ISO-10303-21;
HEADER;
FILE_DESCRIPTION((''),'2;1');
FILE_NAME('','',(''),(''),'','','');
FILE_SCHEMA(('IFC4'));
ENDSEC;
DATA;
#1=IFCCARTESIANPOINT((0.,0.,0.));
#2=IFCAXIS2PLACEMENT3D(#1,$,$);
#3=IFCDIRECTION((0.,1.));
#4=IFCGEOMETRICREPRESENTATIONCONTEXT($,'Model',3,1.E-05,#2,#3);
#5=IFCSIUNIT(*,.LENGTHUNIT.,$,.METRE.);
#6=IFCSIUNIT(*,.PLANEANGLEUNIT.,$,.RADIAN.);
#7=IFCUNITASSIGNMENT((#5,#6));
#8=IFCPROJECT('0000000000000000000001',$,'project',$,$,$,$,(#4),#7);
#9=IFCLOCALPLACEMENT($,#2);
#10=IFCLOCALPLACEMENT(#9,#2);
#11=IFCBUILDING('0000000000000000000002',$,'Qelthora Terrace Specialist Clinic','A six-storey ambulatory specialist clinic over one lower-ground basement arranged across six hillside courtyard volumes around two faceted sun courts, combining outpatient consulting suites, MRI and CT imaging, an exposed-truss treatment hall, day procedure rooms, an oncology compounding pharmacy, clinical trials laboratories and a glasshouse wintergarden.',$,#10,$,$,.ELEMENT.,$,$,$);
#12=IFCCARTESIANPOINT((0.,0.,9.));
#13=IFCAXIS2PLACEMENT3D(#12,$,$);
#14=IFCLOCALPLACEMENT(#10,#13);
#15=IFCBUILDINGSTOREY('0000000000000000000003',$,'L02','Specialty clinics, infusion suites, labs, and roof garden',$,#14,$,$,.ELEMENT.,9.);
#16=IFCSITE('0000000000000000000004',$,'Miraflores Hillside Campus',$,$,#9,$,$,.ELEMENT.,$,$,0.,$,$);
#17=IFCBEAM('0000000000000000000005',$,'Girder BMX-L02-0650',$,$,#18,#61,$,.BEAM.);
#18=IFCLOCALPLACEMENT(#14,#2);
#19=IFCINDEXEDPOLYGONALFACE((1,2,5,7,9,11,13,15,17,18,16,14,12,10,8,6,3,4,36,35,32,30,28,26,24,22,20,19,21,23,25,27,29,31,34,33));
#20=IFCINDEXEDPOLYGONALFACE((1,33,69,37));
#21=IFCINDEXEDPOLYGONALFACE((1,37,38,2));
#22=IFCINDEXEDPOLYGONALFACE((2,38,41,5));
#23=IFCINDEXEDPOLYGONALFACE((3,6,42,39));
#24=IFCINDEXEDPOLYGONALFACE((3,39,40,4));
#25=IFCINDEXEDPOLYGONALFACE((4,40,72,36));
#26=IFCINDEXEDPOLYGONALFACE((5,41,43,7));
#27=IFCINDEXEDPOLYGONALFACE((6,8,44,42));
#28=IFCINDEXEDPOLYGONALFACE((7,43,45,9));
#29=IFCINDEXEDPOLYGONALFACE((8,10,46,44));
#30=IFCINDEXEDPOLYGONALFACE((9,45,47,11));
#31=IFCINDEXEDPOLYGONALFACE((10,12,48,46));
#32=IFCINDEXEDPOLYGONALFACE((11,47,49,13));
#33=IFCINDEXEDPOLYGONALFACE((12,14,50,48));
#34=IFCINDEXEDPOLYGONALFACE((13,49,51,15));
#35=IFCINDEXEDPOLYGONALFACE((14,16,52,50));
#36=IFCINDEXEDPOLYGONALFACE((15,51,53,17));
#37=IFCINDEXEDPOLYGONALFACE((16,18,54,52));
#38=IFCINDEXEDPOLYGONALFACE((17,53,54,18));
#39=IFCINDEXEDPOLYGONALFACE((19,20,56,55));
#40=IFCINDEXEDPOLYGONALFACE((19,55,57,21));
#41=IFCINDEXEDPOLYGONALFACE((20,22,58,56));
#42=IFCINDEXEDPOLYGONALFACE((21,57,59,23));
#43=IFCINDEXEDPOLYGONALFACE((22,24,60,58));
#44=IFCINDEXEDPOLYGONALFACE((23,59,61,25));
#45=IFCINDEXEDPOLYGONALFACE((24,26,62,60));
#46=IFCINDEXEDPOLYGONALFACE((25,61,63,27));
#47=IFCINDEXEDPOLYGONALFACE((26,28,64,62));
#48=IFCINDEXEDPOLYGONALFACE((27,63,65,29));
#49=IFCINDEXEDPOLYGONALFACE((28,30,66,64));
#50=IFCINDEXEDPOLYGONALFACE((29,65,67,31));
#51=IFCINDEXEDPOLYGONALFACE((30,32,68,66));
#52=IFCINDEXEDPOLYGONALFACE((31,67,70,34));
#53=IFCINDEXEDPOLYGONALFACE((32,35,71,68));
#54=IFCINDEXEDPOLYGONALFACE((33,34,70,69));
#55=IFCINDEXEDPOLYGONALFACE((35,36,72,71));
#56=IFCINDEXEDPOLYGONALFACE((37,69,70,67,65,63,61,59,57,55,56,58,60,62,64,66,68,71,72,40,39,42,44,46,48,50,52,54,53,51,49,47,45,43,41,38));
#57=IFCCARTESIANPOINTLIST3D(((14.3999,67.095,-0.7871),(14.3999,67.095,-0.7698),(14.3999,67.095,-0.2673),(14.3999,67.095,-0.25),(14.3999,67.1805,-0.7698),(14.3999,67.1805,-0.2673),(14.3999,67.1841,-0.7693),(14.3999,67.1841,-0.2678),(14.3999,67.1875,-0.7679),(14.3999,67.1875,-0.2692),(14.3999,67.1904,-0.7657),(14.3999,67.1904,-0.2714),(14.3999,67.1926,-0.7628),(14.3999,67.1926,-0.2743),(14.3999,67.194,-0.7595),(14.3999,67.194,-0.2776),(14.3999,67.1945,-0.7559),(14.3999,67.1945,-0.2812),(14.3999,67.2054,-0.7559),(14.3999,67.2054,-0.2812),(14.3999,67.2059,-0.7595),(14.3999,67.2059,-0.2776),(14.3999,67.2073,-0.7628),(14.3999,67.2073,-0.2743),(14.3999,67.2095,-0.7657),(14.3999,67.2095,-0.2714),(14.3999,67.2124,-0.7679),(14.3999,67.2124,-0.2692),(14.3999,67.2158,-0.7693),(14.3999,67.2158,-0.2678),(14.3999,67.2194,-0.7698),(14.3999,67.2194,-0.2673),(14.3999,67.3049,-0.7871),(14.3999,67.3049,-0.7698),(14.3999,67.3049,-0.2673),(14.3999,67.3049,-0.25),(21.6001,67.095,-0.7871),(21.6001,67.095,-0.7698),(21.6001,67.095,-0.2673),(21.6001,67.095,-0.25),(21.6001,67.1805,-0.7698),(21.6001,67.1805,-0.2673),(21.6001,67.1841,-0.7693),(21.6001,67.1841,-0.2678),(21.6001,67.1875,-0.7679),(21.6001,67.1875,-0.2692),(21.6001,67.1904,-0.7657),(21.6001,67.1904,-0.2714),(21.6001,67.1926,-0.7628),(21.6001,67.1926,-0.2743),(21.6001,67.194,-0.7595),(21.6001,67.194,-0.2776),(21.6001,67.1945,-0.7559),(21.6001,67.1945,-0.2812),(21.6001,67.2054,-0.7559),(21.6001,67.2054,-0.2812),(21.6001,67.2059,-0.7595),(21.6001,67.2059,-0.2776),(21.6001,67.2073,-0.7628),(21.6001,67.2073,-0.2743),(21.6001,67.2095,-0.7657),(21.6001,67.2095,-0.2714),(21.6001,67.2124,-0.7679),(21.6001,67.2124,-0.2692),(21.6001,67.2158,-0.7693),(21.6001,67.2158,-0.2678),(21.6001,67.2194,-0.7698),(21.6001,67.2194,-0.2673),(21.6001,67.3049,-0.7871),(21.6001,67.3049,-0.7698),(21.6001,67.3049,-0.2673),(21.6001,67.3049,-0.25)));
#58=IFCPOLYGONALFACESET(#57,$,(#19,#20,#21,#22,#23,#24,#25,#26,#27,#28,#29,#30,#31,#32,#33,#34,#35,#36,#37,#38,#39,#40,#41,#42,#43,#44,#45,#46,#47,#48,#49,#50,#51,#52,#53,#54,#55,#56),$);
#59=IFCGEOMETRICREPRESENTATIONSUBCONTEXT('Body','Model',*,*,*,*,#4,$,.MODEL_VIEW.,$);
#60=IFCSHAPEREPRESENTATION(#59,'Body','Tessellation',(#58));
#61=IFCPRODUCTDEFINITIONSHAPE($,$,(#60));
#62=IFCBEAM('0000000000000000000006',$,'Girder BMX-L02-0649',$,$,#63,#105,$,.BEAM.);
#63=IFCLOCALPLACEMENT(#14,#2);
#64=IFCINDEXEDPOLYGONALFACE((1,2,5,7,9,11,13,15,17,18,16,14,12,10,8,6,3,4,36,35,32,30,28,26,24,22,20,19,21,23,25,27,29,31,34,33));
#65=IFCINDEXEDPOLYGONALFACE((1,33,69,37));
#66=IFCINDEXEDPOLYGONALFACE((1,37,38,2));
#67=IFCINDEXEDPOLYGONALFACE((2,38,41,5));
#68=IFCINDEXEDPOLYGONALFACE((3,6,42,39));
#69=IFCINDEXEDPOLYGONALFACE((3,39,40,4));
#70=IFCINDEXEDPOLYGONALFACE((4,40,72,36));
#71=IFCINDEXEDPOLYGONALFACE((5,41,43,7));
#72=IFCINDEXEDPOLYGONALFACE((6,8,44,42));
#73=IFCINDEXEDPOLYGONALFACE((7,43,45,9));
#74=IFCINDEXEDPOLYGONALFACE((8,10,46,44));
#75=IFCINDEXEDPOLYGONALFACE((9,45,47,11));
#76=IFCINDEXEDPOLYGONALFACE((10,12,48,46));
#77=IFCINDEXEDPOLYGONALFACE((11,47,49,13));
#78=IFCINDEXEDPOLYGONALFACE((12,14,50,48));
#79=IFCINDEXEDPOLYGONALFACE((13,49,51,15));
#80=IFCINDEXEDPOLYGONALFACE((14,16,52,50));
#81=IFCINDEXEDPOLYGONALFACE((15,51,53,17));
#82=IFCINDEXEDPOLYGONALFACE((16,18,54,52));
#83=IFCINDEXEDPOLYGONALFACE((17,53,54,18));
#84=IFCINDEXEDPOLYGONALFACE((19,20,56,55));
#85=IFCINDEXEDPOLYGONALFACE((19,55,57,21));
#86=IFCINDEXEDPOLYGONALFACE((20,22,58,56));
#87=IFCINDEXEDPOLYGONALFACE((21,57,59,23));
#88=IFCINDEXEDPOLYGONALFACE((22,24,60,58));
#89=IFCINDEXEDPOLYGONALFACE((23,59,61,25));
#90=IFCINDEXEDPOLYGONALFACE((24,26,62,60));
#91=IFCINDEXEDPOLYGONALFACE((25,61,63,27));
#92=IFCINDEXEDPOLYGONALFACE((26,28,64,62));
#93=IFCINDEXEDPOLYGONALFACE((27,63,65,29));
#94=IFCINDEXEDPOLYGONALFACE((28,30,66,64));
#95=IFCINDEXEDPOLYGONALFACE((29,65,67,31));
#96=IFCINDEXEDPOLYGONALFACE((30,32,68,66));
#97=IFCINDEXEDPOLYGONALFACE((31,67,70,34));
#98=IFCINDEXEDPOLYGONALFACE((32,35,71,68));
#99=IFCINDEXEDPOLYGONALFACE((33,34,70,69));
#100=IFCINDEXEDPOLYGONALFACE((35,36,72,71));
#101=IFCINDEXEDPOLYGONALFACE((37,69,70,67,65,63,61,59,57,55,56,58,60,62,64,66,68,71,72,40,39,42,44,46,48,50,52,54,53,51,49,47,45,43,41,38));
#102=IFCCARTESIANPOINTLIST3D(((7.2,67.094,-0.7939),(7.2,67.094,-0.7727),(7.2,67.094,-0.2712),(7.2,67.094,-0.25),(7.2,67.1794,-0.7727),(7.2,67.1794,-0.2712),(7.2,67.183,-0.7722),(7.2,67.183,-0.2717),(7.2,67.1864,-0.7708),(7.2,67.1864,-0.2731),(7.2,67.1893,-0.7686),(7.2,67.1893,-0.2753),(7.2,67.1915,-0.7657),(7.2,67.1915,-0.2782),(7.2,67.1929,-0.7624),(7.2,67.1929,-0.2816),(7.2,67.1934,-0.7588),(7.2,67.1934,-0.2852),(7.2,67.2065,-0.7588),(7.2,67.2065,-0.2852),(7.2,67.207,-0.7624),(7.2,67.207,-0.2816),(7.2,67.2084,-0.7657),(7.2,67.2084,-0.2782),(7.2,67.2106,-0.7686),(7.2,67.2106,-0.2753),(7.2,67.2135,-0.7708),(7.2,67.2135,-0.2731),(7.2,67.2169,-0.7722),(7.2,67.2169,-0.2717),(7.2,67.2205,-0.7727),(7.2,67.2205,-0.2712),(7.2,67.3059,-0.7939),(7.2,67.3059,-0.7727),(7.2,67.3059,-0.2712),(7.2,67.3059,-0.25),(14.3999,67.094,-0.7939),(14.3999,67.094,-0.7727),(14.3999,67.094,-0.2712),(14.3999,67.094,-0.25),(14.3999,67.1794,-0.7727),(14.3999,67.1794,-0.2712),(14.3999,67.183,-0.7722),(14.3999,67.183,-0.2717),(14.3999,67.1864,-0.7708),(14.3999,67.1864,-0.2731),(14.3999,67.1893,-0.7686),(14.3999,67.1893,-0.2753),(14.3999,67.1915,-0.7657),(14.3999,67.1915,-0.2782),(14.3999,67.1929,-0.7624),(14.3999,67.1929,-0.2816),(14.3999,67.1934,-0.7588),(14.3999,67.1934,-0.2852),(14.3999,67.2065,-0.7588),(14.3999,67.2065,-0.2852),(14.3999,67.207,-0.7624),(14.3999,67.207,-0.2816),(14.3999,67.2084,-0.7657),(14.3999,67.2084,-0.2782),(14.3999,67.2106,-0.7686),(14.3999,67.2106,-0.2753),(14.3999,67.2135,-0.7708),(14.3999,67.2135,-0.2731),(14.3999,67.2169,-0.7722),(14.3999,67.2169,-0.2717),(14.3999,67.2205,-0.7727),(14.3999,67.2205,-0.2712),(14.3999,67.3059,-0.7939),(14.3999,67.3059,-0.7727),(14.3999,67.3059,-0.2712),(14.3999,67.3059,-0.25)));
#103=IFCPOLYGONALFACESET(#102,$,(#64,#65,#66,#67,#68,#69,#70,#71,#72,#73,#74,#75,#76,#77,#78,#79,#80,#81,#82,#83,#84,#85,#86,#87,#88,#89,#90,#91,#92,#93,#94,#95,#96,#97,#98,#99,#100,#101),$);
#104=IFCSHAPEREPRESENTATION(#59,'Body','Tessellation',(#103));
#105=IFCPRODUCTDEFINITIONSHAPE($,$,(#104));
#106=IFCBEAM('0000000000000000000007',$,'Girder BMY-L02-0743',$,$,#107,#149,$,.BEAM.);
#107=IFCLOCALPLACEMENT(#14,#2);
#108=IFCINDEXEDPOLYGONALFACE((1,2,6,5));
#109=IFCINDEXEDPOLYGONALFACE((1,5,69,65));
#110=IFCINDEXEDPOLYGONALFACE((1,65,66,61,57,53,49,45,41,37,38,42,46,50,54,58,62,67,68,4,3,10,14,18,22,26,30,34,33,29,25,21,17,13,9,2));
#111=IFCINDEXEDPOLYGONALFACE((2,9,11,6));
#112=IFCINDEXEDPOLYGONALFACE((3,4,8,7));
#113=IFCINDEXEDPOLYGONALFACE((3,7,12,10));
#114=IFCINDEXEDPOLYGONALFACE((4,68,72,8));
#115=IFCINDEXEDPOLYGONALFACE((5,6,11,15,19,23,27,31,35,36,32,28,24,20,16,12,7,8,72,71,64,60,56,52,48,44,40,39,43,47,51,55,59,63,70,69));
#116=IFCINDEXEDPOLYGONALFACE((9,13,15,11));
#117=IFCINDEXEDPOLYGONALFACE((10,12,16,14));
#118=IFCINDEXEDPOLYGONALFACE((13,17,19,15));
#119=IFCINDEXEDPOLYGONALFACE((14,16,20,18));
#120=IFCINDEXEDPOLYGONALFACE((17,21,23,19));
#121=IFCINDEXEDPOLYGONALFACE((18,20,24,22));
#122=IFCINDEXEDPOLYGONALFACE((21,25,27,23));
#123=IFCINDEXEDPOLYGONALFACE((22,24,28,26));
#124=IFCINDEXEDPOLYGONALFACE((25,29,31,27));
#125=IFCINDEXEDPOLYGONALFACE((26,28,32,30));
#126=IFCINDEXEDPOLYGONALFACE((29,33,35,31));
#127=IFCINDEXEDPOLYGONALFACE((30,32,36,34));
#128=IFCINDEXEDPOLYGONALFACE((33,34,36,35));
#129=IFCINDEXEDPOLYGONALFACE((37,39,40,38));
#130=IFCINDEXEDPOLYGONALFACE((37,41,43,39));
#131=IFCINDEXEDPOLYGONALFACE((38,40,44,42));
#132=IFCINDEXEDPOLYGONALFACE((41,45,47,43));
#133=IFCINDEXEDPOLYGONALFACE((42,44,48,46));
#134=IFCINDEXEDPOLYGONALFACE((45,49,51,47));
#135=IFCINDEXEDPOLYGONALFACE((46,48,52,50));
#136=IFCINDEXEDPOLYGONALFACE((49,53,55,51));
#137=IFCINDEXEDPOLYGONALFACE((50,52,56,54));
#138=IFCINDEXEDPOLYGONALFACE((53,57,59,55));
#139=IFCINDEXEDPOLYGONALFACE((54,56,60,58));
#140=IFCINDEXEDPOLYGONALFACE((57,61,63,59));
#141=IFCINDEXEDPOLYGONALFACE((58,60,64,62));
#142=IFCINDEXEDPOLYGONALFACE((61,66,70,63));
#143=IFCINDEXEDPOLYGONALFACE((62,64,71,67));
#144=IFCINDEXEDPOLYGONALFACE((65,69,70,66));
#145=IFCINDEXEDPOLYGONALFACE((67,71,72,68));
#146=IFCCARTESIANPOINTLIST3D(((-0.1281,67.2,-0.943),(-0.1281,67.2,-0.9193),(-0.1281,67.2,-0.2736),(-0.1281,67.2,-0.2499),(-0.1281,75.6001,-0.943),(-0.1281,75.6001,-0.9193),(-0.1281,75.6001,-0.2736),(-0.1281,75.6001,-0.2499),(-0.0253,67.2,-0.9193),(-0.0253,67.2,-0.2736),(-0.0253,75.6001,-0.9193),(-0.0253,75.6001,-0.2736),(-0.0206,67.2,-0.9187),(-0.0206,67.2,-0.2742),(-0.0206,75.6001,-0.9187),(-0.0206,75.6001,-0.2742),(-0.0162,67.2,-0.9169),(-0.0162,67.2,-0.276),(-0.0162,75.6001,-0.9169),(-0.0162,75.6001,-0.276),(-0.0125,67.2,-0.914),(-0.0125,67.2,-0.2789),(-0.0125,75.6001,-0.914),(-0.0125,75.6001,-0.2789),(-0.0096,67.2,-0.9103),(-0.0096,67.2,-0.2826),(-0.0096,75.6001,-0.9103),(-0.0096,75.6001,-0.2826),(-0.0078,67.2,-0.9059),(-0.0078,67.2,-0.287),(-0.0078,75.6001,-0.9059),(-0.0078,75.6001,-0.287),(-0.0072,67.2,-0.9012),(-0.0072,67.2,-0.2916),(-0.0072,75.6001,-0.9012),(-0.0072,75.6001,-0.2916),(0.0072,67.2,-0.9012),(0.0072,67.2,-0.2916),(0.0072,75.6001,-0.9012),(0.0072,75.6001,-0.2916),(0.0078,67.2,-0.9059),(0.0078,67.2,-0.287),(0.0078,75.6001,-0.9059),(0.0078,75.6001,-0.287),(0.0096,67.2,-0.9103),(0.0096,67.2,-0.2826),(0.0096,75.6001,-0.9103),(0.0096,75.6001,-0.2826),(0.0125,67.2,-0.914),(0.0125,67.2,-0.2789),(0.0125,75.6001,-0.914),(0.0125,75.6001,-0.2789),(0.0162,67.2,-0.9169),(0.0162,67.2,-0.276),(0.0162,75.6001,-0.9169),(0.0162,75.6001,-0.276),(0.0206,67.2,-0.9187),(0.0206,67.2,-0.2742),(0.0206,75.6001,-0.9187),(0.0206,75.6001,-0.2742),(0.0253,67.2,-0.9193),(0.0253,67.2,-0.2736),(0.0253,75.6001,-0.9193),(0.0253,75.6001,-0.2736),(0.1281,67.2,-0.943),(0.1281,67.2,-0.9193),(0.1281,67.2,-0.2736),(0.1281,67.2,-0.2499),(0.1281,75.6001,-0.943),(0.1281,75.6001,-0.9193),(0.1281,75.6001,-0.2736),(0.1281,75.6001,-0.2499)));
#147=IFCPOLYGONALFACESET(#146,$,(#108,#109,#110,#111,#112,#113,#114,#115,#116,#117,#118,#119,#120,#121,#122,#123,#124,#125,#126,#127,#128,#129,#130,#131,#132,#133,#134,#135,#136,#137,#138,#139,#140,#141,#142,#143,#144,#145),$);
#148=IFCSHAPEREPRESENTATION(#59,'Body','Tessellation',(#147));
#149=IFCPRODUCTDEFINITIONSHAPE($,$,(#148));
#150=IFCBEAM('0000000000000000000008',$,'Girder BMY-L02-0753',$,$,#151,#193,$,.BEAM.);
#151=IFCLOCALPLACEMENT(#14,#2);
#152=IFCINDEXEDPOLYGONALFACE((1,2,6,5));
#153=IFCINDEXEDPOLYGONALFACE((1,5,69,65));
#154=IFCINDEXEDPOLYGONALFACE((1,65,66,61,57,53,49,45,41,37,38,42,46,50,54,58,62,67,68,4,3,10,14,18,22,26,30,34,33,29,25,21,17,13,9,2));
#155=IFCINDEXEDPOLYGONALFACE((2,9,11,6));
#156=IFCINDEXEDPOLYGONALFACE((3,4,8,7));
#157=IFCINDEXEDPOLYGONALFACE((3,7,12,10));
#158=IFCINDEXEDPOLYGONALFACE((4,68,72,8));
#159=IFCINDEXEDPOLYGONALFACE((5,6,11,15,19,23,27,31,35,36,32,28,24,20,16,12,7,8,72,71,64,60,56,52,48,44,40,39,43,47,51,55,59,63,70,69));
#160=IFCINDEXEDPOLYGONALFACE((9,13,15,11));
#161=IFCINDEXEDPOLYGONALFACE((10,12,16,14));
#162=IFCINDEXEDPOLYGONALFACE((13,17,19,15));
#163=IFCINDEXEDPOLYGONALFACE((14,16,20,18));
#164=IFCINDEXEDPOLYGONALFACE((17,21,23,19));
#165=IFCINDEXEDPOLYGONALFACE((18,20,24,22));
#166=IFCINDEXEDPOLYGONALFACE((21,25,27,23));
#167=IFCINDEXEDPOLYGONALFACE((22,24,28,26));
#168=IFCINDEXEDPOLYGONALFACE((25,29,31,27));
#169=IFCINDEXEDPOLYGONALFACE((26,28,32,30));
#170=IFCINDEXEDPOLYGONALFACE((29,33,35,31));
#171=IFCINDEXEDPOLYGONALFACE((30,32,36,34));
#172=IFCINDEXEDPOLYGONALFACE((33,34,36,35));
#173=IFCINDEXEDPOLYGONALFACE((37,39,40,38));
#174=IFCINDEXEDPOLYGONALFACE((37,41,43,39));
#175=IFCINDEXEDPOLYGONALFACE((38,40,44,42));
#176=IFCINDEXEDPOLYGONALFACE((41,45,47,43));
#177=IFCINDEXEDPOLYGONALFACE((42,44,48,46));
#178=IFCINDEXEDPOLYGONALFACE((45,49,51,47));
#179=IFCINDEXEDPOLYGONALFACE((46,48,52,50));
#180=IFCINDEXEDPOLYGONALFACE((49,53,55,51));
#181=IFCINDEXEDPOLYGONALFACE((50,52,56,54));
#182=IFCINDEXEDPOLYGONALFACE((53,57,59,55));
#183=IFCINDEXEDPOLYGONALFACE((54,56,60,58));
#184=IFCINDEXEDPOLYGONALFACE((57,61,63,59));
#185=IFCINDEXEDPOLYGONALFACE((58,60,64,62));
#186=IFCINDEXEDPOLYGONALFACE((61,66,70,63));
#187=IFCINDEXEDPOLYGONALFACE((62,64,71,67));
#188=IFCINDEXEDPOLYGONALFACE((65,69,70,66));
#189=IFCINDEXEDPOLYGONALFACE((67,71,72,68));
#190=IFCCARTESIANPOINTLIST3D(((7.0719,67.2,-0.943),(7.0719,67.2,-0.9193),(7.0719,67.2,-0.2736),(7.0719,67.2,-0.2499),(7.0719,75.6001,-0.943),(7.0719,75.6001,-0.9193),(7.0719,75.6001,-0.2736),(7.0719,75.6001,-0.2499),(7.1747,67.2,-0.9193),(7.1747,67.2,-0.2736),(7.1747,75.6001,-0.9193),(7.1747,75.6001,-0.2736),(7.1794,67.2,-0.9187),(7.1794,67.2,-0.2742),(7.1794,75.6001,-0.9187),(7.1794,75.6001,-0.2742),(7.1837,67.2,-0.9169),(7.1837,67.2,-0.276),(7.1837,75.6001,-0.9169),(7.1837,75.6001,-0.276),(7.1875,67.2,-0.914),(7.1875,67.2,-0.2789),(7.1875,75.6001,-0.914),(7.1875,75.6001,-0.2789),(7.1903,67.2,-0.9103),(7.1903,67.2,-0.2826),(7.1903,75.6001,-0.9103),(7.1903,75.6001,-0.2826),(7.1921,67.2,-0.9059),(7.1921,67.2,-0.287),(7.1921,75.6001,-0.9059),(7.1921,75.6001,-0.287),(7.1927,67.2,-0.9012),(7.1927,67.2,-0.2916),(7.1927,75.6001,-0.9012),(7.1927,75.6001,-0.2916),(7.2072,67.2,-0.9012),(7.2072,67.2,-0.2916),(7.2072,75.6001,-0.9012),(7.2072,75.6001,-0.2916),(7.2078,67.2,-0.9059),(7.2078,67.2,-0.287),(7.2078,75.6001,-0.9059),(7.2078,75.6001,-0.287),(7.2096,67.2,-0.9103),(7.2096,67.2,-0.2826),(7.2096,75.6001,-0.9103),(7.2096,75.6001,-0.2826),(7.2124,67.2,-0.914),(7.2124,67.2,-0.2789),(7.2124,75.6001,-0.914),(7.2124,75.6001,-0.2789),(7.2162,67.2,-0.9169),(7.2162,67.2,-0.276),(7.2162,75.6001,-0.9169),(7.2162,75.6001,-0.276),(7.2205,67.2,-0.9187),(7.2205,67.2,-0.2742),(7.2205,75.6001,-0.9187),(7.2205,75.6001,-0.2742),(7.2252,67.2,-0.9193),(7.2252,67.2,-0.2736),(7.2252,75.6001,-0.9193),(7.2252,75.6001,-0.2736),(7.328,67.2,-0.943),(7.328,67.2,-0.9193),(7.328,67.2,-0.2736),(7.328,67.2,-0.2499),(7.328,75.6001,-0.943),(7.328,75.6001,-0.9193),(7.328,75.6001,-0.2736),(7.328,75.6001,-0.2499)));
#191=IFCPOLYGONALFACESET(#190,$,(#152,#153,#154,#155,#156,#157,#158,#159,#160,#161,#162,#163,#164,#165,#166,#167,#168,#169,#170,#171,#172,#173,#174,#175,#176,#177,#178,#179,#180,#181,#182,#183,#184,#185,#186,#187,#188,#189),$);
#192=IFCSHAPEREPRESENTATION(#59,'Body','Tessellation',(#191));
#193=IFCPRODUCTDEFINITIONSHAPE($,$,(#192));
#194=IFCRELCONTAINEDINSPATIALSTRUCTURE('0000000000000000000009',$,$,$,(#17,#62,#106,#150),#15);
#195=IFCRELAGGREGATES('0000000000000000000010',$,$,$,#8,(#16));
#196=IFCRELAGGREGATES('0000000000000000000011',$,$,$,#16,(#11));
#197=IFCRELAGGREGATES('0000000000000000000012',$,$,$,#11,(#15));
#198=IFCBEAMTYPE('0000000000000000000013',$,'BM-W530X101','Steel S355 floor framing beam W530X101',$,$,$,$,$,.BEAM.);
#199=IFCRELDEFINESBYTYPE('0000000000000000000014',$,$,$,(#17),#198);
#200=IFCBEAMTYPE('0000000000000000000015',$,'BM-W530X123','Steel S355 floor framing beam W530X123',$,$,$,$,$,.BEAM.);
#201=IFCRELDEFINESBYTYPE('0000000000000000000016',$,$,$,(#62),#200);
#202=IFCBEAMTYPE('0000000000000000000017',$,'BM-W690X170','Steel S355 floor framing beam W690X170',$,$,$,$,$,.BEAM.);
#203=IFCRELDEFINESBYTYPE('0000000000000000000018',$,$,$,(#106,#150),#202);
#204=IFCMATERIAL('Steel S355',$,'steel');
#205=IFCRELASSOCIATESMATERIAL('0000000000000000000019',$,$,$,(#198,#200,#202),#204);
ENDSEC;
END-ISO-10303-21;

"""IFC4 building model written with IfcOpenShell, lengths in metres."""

from ifc_helpers import new_model, si_unit, direction, frame, origin, origin_2d, place, context, subcontext, project, spatial, i_section, extrude, material, material_profile, profile_set, type_object, element, save


model = new_model("IFC4")

# Units and contexts
model_context = context("Model", 3, precision=1e-05, world=origin(), true_north=direction((0.0, 1.0)))
body_context = subcontext(model_context, "Body", "Model", "MODEL_VIEW")
ifc_project = project(units=[si_unit("LENGTHUNIT", "METRE"), si_unit("PLANEANGLEUNIT", "RADIAN")], contexts=[model_context])

# Site, building, storey
site_placement = place(None, origin())
site = spatial("IfcSite", under=ifc_project, at=site_placement, Name="Miraflores Hillside Campus", CompositionType="ELEMENT", RefElevation=0.0)
building_placement = place(site_placement, origin())
building = spatial("IfcBuilding", under=site, at=building_placement, Name="Qelthora Terrace Specialist Clinic", Description="A six-storey ambulatory specialist clinic over one lower-ground basement arranged across six hillside courtyard volumes around two faceted sun courts, combining outpatient consulting suites, MRI and CT imaging, an exposed-truss treatment hall, day procedure rooms, an oncology compounding pharmacy, clinical trials laboratories and a glasshouse wintergarden.", CompositionType="ELEMENT")
storey_placement = place(building_placement, frame((0.0, 0.0, 9.0)))
storey = spatial("IfcBuildingStorey", under=building, at=storey_placement, Name="L02", Description="Specialty clinics, infusion suites, labs, and roof garden", CompositionType="ELEMENT", Elevation=9.0)

# Shared definitions
ifc_material_1 = material(Name="Steel S355", Category="steel")

# Beams
ifc_material_profile_1 = material_profile(ifc_material_1, i_section(OverallWidth=0.21, OverallDepth=0.5371, WebThickness=0.011, FlangeThickness=0.0173, FilletRadius=0.0139, at=origin_2d()), Name="W530X101")
ifc_profile_set_1 = profile_set([ifc_material_profile_1], Name="Steel S355")
beam_type_1 = type_object("IfcBeamType", Name="BM-W530X101", Description="Steel S355 floor framing beam W530X101", PredefinedType="BEAM", material=ifc_profile_set_1)
beam_1_placement = place(storey_placement, frame((14.3999, 67.2, -0.5186), z_axis=(1.0, 0.0, 0.0), x_axis=(0.0, 1.0, 0.0)))
element("IfcBeam", 1, at=beam_1_placement, inside=storey, type_object=beam_type_1, Name="Girder BMX-L02-0650", PredefinedType="BEAM", context=body_context, shape_type="SweptSolid", body=[
    extrude(i_section(OverallWidth=0.21, OverallDepth=0.5371, WebThickness=0.011, FlangeThickness=0.0173, FilletRadius=0.0139, at=origin_2d()), origin(), (0.0, 0.0, 1.0), 7.2002),
])
ifc_material_profile_2 = material_profile(ifc_material_1, i_section(OverallWidth=0.2119, OverallDepth=0.5439, WebThickness=0.0132, FlangeThickness=0.0212, FilletRadius=0.0139, at=origin_2d()), Name="W530X123")
ifc_profile_set_2 = profile_set([ifc_material_profile_2], Name="Steel S355")
beam_type_2 = type_object("IfcBeamType", Name="BM-W530X123", Description="Steel S355 floor framing beam W530X123", PredefinedType="BEAM", material=ifc_profile_set_2)
beam_2_placement = place(storey_placement, frame((7.2, 67.2, -0.522), z_axis=(1.0, 0.0, 0.0), x_axis=(0.0, 1.0, 0.0)))
element("IfcBeam", 2, at=beam_2_placement, inside=storey, type_object=beam_type_2, Name="Girder BMX-L02-0649", PredefinedType="BEAM", context=body_context, shape_type="SweptSolid", body=[
    extrude(i_section(OverallWidth=0.2119, OverallDepth=0.5439, WebThickness=0.0132, FlangeThickness=0.0212, FilletRadius=0.0139, at=origin_2d()), origin(), (0.0, 0.0, 1.0), 7.2),
])
ifc_material_profile_3 = material_profile(ifc_material_1, i_section(OverallWidth=0.2561, OverallDepth=0.6931, WebThickness=0.0144, FlangeThickness=0.0237, FilletRadius=0.0181, at=origin_2d()), Name="W690X170")
ifc_profile_set_3 = profile_set([ifc_material_profile_3], Name="Steel S355")
beam_type_3 = type_object("IfcBeamType", Name="BM-W690X170", Description="Steel S355 floor framing beam W690X170", PredefinedType="BEAM", material=ifc_profile_set_3)
for number, where, z_axis, x_axis, name in (
    (3, (0.0, 67.2, -0.5964), (0.0, 1.0, 0.0), (-1.0, 0.0, 0.0), "Girder BMY-L02-0743"),
    (4, (7.2, 67.2, -0.5964), (0.0, 1.0, 0.0), (-1.0, 0.0, 0.0), "Girder BMY-L02-0753"),
):
    element("IfcBeam", number, at=place(storey_placement, frame(where, z_axis=z_axis, x_axis=x_axis)), inside=storey, type_object=beam_type_3, Name=name, PredefinedType="BEAM", context=body_context, shape_type="SweptSolid", body=[
        extrude(i_section(OverallWidth=0.2561, OverallDepth=0.6931, WebThickness=0.0144, FlangeThickness=0.0237, FilletRadius=0.0181, at=origin_2d()), origin(), (0.0, 0.0, 1.0), 8.4001),
    ])

save(model, "model.ifc")
